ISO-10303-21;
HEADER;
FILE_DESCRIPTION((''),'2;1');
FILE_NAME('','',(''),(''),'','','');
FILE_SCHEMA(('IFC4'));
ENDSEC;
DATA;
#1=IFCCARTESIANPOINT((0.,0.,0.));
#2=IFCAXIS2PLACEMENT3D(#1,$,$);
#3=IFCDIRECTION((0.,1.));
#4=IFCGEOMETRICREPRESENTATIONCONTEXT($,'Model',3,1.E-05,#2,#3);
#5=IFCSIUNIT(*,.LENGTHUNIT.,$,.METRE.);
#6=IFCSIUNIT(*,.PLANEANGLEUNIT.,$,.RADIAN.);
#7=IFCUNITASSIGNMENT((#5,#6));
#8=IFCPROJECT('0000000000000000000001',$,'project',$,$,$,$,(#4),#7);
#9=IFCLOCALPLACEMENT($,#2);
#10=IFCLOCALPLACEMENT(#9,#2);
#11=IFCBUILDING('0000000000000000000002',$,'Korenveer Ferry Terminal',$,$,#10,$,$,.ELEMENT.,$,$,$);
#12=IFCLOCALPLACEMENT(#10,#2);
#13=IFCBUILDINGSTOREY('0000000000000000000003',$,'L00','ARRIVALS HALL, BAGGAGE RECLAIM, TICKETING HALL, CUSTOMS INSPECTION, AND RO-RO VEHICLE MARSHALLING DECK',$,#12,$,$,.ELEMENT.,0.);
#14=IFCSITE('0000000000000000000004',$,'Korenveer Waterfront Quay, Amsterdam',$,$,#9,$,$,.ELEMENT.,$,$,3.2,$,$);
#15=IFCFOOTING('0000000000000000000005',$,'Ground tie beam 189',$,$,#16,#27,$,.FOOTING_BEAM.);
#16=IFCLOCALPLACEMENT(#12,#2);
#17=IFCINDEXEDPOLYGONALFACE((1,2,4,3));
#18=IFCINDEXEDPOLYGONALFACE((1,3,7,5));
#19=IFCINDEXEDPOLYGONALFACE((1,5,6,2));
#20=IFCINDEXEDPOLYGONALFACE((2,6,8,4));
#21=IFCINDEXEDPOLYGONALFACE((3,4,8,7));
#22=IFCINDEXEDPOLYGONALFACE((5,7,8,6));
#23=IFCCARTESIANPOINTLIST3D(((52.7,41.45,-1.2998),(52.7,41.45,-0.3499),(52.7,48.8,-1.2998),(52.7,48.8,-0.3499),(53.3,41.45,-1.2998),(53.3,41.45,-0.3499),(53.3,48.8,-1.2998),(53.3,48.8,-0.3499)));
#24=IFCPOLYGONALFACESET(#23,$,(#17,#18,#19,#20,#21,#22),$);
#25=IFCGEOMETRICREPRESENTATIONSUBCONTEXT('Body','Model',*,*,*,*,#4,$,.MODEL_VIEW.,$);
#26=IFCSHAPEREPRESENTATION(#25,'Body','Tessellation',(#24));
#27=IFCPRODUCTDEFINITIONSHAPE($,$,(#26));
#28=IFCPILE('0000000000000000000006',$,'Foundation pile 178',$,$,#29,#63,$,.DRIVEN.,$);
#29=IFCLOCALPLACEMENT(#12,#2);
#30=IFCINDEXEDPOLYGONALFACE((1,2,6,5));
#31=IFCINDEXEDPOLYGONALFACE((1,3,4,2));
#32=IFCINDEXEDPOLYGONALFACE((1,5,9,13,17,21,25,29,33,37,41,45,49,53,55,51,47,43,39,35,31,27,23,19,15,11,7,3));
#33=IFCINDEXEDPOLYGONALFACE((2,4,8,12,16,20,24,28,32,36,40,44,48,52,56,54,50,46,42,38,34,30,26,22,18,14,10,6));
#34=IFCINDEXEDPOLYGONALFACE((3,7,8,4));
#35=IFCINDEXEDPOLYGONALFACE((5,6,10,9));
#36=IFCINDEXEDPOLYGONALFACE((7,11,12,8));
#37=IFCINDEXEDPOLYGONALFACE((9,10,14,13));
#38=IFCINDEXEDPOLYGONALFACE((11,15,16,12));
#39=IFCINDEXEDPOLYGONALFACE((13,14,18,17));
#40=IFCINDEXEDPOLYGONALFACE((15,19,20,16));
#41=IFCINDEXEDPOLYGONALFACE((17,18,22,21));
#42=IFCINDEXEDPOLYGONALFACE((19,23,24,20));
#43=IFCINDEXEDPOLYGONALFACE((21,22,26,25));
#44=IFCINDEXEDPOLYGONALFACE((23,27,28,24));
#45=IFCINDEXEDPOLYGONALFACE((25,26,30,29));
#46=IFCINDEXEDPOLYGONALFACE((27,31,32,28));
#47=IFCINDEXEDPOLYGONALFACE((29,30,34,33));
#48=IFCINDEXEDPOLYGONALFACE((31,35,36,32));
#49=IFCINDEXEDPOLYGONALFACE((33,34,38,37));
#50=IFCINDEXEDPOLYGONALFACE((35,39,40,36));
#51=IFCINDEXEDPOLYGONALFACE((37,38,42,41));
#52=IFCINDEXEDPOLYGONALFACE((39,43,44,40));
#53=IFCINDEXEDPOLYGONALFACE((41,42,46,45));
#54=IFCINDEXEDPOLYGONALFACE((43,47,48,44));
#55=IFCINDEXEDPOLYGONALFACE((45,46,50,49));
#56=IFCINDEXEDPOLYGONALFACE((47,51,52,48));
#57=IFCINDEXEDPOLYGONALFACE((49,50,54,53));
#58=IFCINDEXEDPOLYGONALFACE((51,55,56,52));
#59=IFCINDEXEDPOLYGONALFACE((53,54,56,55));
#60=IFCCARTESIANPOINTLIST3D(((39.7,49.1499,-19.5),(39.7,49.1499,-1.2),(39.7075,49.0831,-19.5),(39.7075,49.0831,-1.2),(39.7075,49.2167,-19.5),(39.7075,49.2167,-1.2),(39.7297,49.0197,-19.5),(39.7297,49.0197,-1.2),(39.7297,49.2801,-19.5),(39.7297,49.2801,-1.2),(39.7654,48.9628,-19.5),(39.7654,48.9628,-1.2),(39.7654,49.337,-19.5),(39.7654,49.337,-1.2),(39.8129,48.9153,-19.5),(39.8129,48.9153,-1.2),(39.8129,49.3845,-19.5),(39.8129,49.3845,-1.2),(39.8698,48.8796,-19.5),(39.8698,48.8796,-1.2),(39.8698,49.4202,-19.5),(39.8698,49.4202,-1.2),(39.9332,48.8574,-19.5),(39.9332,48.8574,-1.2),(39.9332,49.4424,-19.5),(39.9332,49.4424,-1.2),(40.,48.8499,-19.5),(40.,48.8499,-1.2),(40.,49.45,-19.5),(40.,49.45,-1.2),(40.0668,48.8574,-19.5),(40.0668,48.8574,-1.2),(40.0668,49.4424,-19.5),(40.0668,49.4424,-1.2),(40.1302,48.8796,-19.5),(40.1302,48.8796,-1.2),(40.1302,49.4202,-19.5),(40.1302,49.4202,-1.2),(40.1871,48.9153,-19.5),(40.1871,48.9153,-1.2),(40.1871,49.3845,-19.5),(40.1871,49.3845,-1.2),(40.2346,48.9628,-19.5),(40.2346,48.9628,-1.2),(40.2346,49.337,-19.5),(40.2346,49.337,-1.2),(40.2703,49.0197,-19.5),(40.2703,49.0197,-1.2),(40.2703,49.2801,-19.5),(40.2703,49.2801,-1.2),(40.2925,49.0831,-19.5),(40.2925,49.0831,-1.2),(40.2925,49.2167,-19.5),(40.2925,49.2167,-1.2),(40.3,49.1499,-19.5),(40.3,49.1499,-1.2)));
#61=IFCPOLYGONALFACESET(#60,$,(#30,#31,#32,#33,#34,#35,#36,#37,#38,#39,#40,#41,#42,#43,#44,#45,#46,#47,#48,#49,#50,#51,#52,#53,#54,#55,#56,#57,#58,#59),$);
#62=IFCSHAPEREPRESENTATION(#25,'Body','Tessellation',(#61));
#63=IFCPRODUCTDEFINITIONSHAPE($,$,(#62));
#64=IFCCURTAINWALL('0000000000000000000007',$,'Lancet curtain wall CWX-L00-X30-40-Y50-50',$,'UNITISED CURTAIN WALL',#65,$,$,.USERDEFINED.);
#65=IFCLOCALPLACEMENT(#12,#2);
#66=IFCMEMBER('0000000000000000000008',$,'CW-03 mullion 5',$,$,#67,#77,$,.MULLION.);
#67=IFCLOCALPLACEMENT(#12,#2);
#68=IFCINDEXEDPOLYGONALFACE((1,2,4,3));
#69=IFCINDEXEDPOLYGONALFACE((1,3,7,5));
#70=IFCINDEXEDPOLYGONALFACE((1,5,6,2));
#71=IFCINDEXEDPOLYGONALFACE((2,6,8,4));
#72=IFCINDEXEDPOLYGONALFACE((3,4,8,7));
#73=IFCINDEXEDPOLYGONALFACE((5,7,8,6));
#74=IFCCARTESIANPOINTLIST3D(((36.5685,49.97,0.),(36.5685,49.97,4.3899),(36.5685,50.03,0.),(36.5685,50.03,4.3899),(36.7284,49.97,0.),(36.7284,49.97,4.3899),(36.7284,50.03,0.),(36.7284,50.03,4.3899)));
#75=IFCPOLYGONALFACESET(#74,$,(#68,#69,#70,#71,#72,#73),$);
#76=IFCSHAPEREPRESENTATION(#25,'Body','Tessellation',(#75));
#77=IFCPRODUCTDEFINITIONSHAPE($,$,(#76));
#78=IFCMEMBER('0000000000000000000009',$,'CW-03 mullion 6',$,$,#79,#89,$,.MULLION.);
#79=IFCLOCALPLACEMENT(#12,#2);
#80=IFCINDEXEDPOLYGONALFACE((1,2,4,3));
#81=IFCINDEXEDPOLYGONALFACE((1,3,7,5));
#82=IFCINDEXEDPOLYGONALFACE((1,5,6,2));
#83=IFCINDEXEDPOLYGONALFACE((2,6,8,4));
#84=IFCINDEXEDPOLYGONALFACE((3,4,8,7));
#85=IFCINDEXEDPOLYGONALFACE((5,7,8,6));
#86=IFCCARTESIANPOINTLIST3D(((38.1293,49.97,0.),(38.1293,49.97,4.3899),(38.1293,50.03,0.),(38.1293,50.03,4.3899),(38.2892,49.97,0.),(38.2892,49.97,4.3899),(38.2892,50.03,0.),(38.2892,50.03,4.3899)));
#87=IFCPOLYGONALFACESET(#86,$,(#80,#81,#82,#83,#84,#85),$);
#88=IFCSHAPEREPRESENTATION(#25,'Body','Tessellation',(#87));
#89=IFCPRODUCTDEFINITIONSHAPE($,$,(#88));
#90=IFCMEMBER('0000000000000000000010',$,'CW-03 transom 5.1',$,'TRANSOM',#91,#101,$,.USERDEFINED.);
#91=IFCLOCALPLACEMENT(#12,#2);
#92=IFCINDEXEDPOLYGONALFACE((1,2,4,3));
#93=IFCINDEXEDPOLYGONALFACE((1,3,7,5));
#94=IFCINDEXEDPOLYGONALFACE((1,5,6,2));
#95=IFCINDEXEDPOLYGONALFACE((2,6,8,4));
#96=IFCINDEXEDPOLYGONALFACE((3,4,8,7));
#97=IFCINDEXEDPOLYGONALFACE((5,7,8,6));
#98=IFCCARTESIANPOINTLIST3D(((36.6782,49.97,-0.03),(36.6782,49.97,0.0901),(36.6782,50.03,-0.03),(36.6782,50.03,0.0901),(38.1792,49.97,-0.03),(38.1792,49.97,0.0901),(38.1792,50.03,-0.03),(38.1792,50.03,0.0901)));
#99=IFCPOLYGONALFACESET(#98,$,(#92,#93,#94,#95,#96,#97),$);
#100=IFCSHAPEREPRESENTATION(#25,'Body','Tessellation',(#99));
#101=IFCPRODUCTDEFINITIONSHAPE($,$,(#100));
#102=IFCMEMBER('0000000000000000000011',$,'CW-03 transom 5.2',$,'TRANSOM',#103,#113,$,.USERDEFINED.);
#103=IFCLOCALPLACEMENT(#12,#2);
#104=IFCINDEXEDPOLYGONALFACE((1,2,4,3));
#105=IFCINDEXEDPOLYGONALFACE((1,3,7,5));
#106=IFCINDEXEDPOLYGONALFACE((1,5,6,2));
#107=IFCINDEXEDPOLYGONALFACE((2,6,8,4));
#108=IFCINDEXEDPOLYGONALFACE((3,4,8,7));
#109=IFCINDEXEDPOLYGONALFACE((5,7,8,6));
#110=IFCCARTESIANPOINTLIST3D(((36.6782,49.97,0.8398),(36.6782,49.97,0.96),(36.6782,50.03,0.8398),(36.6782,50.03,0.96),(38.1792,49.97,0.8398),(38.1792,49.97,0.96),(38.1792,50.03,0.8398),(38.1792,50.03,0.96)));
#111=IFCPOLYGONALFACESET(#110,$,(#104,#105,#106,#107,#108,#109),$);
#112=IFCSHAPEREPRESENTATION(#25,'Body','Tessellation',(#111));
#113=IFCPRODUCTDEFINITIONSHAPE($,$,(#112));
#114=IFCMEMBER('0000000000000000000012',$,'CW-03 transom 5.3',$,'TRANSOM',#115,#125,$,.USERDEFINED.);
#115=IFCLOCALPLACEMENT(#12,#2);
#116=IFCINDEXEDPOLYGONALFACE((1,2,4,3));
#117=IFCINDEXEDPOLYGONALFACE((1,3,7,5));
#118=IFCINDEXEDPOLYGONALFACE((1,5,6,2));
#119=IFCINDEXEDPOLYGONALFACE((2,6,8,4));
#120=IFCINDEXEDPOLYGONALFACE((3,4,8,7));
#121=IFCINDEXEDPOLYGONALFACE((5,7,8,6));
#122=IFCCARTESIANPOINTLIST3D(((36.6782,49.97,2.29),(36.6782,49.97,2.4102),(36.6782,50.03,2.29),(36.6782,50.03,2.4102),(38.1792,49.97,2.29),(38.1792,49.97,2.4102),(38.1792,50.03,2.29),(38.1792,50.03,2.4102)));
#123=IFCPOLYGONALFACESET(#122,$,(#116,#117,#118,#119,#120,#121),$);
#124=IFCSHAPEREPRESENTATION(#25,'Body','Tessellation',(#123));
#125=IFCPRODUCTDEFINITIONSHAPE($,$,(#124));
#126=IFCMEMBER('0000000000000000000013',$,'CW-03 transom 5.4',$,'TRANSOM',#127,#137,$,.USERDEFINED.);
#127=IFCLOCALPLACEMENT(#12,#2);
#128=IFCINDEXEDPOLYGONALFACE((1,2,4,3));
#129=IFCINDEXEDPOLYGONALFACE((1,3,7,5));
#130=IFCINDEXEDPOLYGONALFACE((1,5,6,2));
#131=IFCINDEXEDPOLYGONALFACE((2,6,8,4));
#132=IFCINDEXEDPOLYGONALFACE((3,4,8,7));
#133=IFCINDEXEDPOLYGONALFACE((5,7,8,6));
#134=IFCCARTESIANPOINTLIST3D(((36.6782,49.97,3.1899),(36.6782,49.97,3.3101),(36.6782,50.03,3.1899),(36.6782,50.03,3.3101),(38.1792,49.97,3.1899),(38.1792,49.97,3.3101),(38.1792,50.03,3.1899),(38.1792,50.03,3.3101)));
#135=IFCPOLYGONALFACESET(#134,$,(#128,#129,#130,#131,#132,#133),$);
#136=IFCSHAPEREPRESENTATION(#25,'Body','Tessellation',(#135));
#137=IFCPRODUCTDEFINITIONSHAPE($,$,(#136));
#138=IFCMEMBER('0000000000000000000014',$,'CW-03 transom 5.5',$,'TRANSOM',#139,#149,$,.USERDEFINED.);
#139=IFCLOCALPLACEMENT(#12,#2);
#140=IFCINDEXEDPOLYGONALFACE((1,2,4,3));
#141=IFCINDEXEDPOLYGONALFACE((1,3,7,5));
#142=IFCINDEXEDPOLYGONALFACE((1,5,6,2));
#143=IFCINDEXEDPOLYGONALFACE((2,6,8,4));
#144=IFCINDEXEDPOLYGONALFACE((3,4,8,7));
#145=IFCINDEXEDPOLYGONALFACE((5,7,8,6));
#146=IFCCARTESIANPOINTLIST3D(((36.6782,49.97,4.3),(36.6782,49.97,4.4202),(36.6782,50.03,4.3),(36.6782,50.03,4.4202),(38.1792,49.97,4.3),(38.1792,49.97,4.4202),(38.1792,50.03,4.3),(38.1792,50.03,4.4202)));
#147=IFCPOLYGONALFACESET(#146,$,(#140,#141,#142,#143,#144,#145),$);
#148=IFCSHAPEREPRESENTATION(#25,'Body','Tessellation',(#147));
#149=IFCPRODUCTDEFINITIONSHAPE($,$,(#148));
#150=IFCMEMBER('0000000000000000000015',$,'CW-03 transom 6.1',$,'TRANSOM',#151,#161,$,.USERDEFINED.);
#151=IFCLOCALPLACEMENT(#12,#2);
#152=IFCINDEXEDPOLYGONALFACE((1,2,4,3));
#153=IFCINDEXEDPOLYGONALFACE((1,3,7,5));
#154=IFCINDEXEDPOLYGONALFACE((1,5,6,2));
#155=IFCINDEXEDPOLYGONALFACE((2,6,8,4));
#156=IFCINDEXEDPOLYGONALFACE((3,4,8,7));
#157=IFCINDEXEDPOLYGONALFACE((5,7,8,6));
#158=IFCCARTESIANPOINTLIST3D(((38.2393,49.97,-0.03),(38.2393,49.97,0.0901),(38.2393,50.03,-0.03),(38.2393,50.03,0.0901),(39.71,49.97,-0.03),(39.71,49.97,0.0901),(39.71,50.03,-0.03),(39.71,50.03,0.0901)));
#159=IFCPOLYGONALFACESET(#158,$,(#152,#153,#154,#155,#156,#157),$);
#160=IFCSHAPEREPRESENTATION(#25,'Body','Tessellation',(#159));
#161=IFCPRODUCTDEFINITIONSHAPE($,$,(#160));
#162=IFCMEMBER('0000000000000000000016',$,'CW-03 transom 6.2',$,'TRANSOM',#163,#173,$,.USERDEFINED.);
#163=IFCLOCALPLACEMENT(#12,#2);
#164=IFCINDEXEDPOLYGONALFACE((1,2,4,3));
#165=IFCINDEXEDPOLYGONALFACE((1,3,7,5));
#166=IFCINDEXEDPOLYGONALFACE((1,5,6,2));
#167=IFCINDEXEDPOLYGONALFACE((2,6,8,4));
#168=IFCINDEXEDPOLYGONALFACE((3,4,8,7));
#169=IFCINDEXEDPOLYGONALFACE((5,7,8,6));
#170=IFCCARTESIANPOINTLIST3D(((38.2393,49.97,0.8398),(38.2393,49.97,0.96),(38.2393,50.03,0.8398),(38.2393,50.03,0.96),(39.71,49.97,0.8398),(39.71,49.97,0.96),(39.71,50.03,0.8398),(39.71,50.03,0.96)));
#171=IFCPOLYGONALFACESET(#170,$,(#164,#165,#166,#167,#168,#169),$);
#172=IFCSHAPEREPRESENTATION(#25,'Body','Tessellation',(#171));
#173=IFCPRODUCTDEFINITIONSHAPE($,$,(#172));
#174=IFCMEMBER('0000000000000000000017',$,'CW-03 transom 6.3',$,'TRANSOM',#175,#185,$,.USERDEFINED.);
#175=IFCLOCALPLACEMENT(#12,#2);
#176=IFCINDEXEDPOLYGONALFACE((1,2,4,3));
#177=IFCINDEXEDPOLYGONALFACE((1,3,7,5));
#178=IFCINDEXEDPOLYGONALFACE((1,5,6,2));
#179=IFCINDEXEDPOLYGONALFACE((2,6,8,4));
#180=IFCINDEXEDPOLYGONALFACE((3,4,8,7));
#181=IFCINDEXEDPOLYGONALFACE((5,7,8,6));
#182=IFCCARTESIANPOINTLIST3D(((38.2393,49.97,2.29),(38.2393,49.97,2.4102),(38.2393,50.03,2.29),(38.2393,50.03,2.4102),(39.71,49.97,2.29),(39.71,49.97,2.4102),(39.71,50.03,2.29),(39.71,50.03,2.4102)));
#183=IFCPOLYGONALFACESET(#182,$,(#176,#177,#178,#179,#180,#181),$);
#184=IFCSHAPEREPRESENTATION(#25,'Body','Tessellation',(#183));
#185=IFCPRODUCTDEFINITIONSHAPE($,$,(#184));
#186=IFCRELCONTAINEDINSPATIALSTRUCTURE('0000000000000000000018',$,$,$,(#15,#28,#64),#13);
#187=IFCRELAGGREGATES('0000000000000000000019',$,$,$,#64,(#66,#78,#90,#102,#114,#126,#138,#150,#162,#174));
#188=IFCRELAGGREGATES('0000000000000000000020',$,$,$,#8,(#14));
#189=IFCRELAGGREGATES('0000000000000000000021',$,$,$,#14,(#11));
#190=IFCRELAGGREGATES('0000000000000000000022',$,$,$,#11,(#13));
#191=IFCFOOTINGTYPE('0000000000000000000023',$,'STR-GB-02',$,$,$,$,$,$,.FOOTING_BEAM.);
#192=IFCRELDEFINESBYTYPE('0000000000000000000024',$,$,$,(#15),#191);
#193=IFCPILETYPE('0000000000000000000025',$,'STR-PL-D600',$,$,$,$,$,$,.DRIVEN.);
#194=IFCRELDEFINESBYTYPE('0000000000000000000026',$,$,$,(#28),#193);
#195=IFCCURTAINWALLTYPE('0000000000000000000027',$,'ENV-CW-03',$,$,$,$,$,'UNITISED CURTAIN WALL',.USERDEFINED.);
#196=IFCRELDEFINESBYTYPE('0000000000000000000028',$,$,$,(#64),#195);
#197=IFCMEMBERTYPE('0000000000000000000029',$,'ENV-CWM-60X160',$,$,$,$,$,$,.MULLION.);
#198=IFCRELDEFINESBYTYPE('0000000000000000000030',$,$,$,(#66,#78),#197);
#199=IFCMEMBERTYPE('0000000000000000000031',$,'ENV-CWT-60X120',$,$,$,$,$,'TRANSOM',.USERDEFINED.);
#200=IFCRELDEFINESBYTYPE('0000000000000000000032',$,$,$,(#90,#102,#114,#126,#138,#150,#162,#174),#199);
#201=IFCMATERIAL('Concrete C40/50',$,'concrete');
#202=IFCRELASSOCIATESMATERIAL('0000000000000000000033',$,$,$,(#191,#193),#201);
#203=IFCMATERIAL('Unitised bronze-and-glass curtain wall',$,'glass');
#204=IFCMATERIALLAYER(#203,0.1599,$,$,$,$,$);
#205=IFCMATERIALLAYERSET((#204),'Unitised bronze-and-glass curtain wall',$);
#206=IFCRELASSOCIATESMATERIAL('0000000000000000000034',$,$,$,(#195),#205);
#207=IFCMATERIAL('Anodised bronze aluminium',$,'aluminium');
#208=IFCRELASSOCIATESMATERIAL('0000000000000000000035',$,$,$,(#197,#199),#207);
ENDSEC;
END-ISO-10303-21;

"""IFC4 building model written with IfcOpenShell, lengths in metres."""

from ifc_helpers import new_model, si_unit, direction, frame, origin, origin_2d, place, context, subcontext, project, spatial, rectangle, circle, extrude, material, layer, layer_set, material_profile, profile_set, type_object, element, aggregate, save


model = new_model("IFC4")

# Units and contexts
model_context = context("Model", 3, precision=1e-05, world=origin(), true_north=direction((0.0, 1.0)))
body_context = subcontext(model_context, "Body", "Model", "MODEL_VIEW")
ifc_project = project(units=[si_unit("LENGTHUNIT", "METRE"), si_unit("PLANEANGLEUNIT", "RADIAN")], contexts=[model_context])

# Site, building, storey
site_placement = place(None, origin())
site = spatial("IfcSite", under=ifc_project, at=site_placement, Name="Korenveer Waterfront Quay, Amsterdam", CompositionType="ELEMENT", RefElevation=3.2)
building_placement = place(site_placement, origin())
building = spatial("IfcBuilding", under=site, at=building_placement, Name="Korenveer Ferry Terminal", CompositionType="ELEMENT")
storey_placement = place(building_placement, origin())
storey = spatial("IfcBuildingStorey", under=building, at=storey_placement, Name="L00", Description="ARRIVALS HALL, BAGGAGE RECLAIM, TICKETING HALL, CUSTOMS INSPECTION, AND RO-RO VEHICLE MARSHALLING DECK", CompositionType="ELEMENT", Elevation=0.0)

# Footing
ifc_material_1 = material(Name="Concrete C40/50", Category="concrete")
footing_type = type_object("IfcFootingType", Name="STR-GB-02", PredefinedType="FOOTING_BEAM", material=ifc_material_1)
footing_placement = place(storey_placement, frame((53.0, 45.125, -1.2998), z_axis=(0.0, 0.0, 1.0), x_axis=(1.0, 0.0, 0.0)))
element("IfcFooting", 1, at=footing_placement, inside=storey, type_object=footing_type, Name="Ground tie beam 189", PredefinedType="FOOTING_BEAM", context=body_context, shape_type="SweptSolid", body=[
    extrude(rectangle(XDim=0.6001, YDim=7.3501, at=origin_2d()), origin(), (0.0, 0.0, 1.0), 0.95),
])

# Pile
ifc_material_profile_1 = material_profile(ifc_material_1, circle(Radius=0.3, at=origin_2d()), Name="PILE D600")
ifc_profile_set_1 = profile_set([ifc_material_profile_1], Name="Concrete C40/50")
pile_type = type_object("IfcPileType", Name="STR-PL-D600", PredefinedType="DRIVEN", material=ifc_profile_set_1)
pile_placement = place(storey_placement, frame((40.0, 49.1499, -1.2), z_axis=(0.0, 0.0, -1.0), x_axis=(1.0, 0.0, 0.0)))
element("IfcPile", 2, at=pile_placement, inside=storey, type_object=pile_type, Name="Foundation pile 178", PredefinedType="DRIVEN", context=body_context, shape_type="SweptSolid", body=[
    extrude(circle(Radius=0.3, at=origin_2d()), origin(), (0.0, 0.0, 1.0), 18.3),
])

# Curtain wall, members
ifc_material_2 = material(Name="Unitised bronze-and-glass curtain wall", Category="glass")
ifc_layer_1 = layer(ifc_material_2, 0.1599)
ifc_layer_set_1 = layer_set([ifc_layer_1], Name="Unitised bronze-and-glass curtain wall")
curtain_wall_type = type_object("IfcCurtainWallType", Name="ENV-CW-03", ElementType="UNITISED CURTAIN WALL", PredefinedType="USERDEFINED", material=ifc_layer_set_1)
curtain_wall_placement = place(storey_placement, frame((30.405, 50.0, 0.0)))
curtain_wall = element("IfcCurtainWall", 3, at=curtain_wall_placement, inside=storey, type_object=curtain_wall_type, Name="Lancet curtain wall CWX-L00-X30-40-Y50-50", ObjectType="UNITISED CURTAIN WALL", PredefinedType="USERDEFINED")
ifc_material_3 = material(Name="Anodised bronze aluminium", Category="aluminium")
ifc_material_profile_2 = material_profile(ifc_material_3, rectangle(XDim=0.0601, YDim=0.1599, at=origin_2d()), Name="ALU 60x160")
ifc_profile_set_2 = profile_set([ifc_material_profile_2], Name="Anodised bronze aluminium")
member_type_1 = type_object("IfcMemberType", Name="ENV-CWM-60X160", PredefinedType="MULLION", material=ifc_profile_set_2)
member_1_placement = place(storey_placement, frame((36.6484, 50.0, 0.0), z_axis=(0.0, 0.0, 1.0), x_axis=(0.0, 1.0, 0.0)))
member_1 = element("IfcMember", 4, at=member_1_placement, type_object=member_type_1, Name="CW-03 mullion 5", PredefinedType="MULLION", context=body_context, shape_type="SweptSolid", body=[
    extrude(rectangle(XDim=0.0601, YDim=0.1599, at=origin_2d()), origin(), (0.0, 0.0, 1.0), 4.3899),
])
member_2_placement = place(storey_placement, frame((38.2092, 50.0, 0.0), z_axis=(0.0, 0.0, 1.0), x_axis=(0.0, 1.0, 0.0)))
member_2 = element("IfcMember", 5, at=member_2_placement, type_object=member_type_1, Name="CW-03 mullion 6", PredefinedType="MULLION", context=body_context, shape_type="SweptSolid", body=[
    extrude(rectangle(XDim=0.0601, YDim=0.1599, at=origin_2d()), origin(), (0.0, 0.0, 1.0), 4.3899),
])
ifc_material_profile_3 = material_profile(ifc_material_3, rectangle(XDim=0.0601, YDim=0.1201, at=origin_2d()), Name="ALU 60x120")
ifc_profile_set_3 = profile_set([ifc_material_profile_3], Name="Anodised bronze aluminium")
member_type_2 = type_object("IfcMemberType", Name="ENV-CWT-60X120", ElementType="TRANSOM", PredefinedType="USERDEFINED", material=ifc_profile_set_3)
member_3_placement = place(storey_placement, frame((36.6782, 50.0, 0.03), z_axis=(1.0, 0.0, 0.0), x_axis=(0.0, 1.0, 0.0)))
member_3 = element("IfcMember", 6, at=member_3_placement, type_object=member_type_2, Name="CW-03 transom 5.1", ObjectType="TRANSOM", PredefinedType="USERDEFINED", context=body_context, shape_type="SweptSolid", body=[
    extrude(rectangle(XDim=0.0601, YDim=0.1201, at=origin_2d()), origin(), (0.0, 0.0, 1.0), 1.501),
])
member_4_placement = place(storey_placement, frame((36.6782, 50.0, 0.8999), z_axis=(1.0, 0.0, 0.0), x_axis=(0.0, 1.0, 0.0)))
member_4 = element("IfcMember", 7, at=member_4_placement, type_object=member_type_2, Name="CW-03 transom 5.2", ObjectType="TRANSOM", PredefinedType="USERDEFINED", context=body_context, shape_type="SweptSolid", body=[
    extrude(rectangle(XDim=0.0601, YDim=0.1201, at=origin_2d()), origin(), (0.0, 0.0, 1.0), 1.501),
])
member_5_placement = place(storey_placement, frame((36.6782, 50.0, 2.3501), z_axis=(1.0, 0.0, 0.0), x_axis=(0.0, 1.0, 0.0)))
member_5 = element("IfcMember", 8, at=member_5_placement, type_object=member_type_2, Name="CW-03 transom 5.3", ObjectType="TRANSOM", PredefinedType="USERDEFINED", context=body_context, shape_type="SweptSolid", body=[
    extrude(rectangle(XDim=0.0601, YDim=0.1201, at=origin_2d()), origin(), (0.0, 0.0, 1.0), 1.501),
])
member_6_placement = place(storey_placement, frame((36.6782, 50.0, 3.25), z_axis=(1.0, 0.0, 0.0), x_axis=(0.0, 1.0, 0.0)))
member_6 = element("IfcMember", 9, at=member_6_placement, type_object=member_type_2, Name="CW-03 transom 5.4", ObjectType="TRANSOM", PredefinedType="USERDEFINED", context=body_context, shape_type="SweptSolid", body=[
    extrude(rectangle(XDim=0.0601, YDim=0.1201, at=origin_2d()), origin(), (0.0, 0.0, 1.0), 1.501),
])
member_7_placement = place(storey_placement, frame((36.6782, 50.0, 4.3601), z_axis=(1.0, 0.0, 0.0), x_axis=(0.0, 1.0, 0.0)))
member_7 = element("IfcMember", 10, at=member_7_placement, type_object=member_type_2, Name="CW-03 transom 5.5", ObjectType="TRANSOM", PredefinedType="USERDEFINED", context=body_context, shape_type="SweptSolid", body=[
    extrude(rectangle(XDim=0.0601, YDim=0.1201, at=origin_2d()), origin(), (0.0, 0.0, 1.0), 1.501),
])
member_8_placement = place(storey_placement, frame((38.2393, 50.0, 0.03), z_axis=(1.0, 0.0, 0.0), x_axis=(0.0, 1.0, 0.0)))
member_8 = element("IfcMember", 11, at=member_8_placement, type_object=member_type_2, Name="CW-03 transom 6.1", ObjectType="TRANSOM", PredefinedType="USERDEFINED", context=body_context, shape_type="SweptSolid", body=[
    extrude(rectangle(XDim=0.0601, YDim=0.1201, at=origin_2d()), origin(), (0.0, 0.0, 1.0), 1.4707),
])
member_9_placement = place(storey_placement, frame((38.2393, 50.0, 0.8999), z_axis=(1.0, 0.0, 0.0), x_axis=(0.0, 1.0, 0.0)))
member_9 = element("IfcMember", 12, at=member_9_placement, type_object=member_type_2, Name="CW-03 transom 6.2", ObjectType="TRANSOM", PredefinedType="USERDEFINED", context=body_context, shape_type="SweptSolid", body=[
    extrude(rectangle(XDim=0.0601, YDim=0.1201, at=origin_2d()), origin(), (0.0, 0.0, 1.0), 1.4707),
])
member_10_placement = place(storey_placement, frame((38.2393, 50.0, 2.3501), z_axis=(1.0, 0.0, 0.0), x_axis=(0.0, 1.0, 0.0)))
member_10 = element("IfcMember", 13, at=member_10_placement, type_object=member_type_2, Name="CW-03 transom 6.3", ObjectType="TRANSOM", PredefinedType="USERDEFINED", context=body_context, shape_type="SweptSolid", body=[
    extrude(rectangle(XDim=0.0601, YDim=0.1201, at=origin_2d()), origin(), (0.0, 0.0, 1.0), 1.4707),
])
aggregate(curtain_wall, [member_1, member_2, member_3, member_4, member_5, member_6, member_7, member_8, member_9, member_10])

save(model, "model.ifc")
